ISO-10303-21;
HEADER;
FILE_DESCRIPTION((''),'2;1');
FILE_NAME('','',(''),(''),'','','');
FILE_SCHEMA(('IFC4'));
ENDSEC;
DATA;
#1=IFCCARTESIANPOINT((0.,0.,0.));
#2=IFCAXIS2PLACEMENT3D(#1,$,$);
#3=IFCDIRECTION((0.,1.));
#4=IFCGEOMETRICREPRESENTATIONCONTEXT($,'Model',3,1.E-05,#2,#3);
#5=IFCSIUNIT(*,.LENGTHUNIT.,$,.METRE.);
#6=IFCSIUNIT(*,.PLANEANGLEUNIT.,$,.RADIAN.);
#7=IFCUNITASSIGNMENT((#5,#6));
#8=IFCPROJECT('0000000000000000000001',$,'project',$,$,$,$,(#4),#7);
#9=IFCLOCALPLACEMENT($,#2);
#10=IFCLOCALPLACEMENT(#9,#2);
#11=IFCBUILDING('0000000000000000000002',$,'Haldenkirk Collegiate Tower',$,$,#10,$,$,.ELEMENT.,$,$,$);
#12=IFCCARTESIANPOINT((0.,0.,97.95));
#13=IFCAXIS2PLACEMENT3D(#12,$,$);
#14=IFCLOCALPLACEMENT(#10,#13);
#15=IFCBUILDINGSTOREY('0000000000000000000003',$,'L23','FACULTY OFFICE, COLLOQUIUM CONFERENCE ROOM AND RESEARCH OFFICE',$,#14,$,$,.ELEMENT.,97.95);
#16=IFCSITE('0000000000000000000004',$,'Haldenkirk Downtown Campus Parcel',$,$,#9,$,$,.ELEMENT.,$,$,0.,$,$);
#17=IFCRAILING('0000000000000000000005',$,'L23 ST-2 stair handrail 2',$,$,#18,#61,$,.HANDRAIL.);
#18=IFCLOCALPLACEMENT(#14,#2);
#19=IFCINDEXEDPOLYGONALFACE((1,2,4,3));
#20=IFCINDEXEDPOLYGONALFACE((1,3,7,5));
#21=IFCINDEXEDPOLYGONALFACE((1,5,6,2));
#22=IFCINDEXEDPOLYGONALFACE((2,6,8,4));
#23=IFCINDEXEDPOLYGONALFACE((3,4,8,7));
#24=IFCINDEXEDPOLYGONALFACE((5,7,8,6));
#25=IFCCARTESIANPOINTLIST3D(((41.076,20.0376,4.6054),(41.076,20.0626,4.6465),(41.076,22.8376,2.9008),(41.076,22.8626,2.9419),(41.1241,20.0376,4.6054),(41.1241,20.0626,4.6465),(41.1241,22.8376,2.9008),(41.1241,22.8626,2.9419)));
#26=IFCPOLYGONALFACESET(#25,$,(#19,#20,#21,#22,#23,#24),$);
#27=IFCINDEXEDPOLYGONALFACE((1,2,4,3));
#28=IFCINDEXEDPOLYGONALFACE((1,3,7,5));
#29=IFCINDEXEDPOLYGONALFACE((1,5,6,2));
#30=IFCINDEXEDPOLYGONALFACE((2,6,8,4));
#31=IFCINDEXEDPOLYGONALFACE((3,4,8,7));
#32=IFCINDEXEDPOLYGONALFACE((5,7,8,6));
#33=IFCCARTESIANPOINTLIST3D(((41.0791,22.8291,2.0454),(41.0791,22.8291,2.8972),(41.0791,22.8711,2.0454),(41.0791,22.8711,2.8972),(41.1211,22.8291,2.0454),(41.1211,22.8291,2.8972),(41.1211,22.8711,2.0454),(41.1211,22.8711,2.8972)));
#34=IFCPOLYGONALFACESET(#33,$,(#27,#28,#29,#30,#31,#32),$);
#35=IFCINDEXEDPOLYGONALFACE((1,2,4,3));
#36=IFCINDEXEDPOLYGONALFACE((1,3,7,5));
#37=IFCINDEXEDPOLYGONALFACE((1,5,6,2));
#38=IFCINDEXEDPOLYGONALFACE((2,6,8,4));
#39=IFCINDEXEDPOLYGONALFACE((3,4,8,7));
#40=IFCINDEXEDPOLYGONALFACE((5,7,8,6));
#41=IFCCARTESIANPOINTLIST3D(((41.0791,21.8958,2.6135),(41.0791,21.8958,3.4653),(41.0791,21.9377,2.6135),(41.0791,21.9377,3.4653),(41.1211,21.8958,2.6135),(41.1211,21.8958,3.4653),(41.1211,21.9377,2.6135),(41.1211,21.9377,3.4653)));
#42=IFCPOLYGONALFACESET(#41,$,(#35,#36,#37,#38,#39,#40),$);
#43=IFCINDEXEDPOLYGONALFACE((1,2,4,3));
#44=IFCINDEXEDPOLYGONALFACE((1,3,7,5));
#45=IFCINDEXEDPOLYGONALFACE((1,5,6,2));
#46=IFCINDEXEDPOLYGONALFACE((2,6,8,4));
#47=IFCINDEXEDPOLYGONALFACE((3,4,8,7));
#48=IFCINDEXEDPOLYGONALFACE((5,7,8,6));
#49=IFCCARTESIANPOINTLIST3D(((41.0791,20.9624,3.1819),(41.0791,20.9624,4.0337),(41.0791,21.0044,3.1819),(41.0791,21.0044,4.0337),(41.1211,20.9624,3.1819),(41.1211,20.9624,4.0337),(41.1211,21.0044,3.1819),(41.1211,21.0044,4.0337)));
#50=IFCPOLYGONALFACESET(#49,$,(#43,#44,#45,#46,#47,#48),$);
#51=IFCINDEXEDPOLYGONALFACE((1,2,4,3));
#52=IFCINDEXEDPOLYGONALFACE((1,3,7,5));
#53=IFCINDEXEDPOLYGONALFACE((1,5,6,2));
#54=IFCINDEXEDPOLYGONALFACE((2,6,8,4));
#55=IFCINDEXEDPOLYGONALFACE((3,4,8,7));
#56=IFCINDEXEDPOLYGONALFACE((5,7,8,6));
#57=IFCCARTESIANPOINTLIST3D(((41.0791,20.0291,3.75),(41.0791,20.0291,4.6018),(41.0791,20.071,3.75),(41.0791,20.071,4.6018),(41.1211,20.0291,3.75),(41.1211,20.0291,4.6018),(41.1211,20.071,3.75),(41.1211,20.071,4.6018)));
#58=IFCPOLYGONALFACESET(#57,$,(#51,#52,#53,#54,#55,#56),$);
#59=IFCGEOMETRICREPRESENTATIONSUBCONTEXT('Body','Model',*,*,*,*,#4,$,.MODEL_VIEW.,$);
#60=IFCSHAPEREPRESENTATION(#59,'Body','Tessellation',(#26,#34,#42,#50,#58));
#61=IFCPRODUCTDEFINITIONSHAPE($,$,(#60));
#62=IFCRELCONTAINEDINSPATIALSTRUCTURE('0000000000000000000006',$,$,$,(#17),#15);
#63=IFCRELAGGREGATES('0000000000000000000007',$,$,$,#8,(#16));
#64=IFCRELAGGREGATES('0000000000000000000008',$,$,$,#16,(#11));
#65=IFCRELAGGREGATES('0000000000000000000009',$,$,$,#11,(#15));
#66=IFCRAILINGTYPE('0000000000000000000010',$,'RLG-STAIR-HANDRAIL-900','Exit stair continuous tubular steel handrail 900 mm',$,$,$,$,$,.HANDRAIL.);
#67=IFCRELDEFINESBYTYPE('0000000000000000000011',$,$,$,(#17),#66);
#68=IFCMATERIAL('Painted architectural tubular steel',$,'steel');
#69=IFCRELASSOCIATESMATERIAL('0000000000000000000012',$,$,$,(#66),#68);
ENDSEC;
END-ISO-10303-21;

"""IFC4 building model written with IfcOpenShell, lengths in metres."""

from ifc_helpers import new_model, si_unit, direction, frame, origin, origin_2d, place, context, subcontext, project, spatial, rectangle, extrude, material, type_object, element, save


model = new_model("IFC4")

# Units and contexts
model_context = context("Model", 3, precision=1e-05, world=origin(), true_north=direction((0.0, 1.0)))
body_context = subcontext(model_context, "Body", "Model", "MODEL_VIEW")
ifc_project = project(units=[si_unit("LENGTHUNIT", "METRE"), si_unit("PLANEANGLEUNIT", "RADIAN")], contexts=[model_context])

# Site, building, storey
site_placement = place(None, origin())
site = spatial("IfcSite", under=ifc_project, at=site_placement, Name="Haldenkirk Downtown Campus Parcel", CompositionType="ELEMENT", RefElevation=0.0)
building_placement = place(site_placement, origin())
building = spatial("IfcBuilding", under=site, at=building_placement, Name="Haldenkirk Collegiate Tower", CompositionType="ELEMENT")
storey_placement = place(building_placement, frame((0.0, 0.0, 97.95)))
storey = spatial("IfcBuildingStorey", under=building, at=storey_placement, Name="L23", Description="FACULTY OFFICE, COLLOQUIUM CONFERENCE ROOM AND RESEARCH OFFICE", CompositionType="ELEMENT", Elevation=97.95)

# Railing
ifc_material_1 = material(Name="Painted architectural tubular steel", Category="steel")
railing_type_1 = type_object("IfcRailingType", Name="RLG-STAIR-HANDRAIL-900", Description="Exit stair continuous tubular steel handrail 900 mm", PredefinedType="HANDRAIL", material=ifc_material_1)
railing_1_placement = place(storey_placement, frame((41.1001, 22.8501, 2.0454)))
element("IfcRailing", 1, at=railing_1_placement, inside=storey, type_object=railing_type_1, Name="L23 ST-2 stair handrail 2", PredefinedType="HANDRAIL", context=body_context, shape_type="SweptSolid", body=[
    extrude(rectangle(XDim=0.0481, YDim=0.0481, at=origin_2d()), frame((0.0, 0.0, 0.876), z_axis=(0.0, -0.85417, 0.519994), x_axis=(1.0, 0.0, 0.0)), (0.0, 0.0, 1.0), 3.2781),
    extrude(rectangle(XDim=0.042, YDim=0.042, at=origin_2d()), origin(), (0.0, 0.0, 1.0), 0.8518),
    extrude(rectangle(XDim=0.042, YDim=0.042, at=origin_2d()), frame((0.0, -0.9333, 0.5681)), (0.0, 0.0, 1.0), 0.8518),
    extrude(rectangle(XDim=0.042, YDim=0.042, at=origin_2d()), frame((0.0, -1.8667, 1.1365)), (0.0, 0.0, 1.0), 0.8518),
    extrude(rectangle(XDim=0.042, YDim=0.042, at=origin_2d()), frame((0.0, -2.8, 1.7046)), (0.0, 0.0, 1.0), 0.8518),
])

save(model, "model.ifc")
